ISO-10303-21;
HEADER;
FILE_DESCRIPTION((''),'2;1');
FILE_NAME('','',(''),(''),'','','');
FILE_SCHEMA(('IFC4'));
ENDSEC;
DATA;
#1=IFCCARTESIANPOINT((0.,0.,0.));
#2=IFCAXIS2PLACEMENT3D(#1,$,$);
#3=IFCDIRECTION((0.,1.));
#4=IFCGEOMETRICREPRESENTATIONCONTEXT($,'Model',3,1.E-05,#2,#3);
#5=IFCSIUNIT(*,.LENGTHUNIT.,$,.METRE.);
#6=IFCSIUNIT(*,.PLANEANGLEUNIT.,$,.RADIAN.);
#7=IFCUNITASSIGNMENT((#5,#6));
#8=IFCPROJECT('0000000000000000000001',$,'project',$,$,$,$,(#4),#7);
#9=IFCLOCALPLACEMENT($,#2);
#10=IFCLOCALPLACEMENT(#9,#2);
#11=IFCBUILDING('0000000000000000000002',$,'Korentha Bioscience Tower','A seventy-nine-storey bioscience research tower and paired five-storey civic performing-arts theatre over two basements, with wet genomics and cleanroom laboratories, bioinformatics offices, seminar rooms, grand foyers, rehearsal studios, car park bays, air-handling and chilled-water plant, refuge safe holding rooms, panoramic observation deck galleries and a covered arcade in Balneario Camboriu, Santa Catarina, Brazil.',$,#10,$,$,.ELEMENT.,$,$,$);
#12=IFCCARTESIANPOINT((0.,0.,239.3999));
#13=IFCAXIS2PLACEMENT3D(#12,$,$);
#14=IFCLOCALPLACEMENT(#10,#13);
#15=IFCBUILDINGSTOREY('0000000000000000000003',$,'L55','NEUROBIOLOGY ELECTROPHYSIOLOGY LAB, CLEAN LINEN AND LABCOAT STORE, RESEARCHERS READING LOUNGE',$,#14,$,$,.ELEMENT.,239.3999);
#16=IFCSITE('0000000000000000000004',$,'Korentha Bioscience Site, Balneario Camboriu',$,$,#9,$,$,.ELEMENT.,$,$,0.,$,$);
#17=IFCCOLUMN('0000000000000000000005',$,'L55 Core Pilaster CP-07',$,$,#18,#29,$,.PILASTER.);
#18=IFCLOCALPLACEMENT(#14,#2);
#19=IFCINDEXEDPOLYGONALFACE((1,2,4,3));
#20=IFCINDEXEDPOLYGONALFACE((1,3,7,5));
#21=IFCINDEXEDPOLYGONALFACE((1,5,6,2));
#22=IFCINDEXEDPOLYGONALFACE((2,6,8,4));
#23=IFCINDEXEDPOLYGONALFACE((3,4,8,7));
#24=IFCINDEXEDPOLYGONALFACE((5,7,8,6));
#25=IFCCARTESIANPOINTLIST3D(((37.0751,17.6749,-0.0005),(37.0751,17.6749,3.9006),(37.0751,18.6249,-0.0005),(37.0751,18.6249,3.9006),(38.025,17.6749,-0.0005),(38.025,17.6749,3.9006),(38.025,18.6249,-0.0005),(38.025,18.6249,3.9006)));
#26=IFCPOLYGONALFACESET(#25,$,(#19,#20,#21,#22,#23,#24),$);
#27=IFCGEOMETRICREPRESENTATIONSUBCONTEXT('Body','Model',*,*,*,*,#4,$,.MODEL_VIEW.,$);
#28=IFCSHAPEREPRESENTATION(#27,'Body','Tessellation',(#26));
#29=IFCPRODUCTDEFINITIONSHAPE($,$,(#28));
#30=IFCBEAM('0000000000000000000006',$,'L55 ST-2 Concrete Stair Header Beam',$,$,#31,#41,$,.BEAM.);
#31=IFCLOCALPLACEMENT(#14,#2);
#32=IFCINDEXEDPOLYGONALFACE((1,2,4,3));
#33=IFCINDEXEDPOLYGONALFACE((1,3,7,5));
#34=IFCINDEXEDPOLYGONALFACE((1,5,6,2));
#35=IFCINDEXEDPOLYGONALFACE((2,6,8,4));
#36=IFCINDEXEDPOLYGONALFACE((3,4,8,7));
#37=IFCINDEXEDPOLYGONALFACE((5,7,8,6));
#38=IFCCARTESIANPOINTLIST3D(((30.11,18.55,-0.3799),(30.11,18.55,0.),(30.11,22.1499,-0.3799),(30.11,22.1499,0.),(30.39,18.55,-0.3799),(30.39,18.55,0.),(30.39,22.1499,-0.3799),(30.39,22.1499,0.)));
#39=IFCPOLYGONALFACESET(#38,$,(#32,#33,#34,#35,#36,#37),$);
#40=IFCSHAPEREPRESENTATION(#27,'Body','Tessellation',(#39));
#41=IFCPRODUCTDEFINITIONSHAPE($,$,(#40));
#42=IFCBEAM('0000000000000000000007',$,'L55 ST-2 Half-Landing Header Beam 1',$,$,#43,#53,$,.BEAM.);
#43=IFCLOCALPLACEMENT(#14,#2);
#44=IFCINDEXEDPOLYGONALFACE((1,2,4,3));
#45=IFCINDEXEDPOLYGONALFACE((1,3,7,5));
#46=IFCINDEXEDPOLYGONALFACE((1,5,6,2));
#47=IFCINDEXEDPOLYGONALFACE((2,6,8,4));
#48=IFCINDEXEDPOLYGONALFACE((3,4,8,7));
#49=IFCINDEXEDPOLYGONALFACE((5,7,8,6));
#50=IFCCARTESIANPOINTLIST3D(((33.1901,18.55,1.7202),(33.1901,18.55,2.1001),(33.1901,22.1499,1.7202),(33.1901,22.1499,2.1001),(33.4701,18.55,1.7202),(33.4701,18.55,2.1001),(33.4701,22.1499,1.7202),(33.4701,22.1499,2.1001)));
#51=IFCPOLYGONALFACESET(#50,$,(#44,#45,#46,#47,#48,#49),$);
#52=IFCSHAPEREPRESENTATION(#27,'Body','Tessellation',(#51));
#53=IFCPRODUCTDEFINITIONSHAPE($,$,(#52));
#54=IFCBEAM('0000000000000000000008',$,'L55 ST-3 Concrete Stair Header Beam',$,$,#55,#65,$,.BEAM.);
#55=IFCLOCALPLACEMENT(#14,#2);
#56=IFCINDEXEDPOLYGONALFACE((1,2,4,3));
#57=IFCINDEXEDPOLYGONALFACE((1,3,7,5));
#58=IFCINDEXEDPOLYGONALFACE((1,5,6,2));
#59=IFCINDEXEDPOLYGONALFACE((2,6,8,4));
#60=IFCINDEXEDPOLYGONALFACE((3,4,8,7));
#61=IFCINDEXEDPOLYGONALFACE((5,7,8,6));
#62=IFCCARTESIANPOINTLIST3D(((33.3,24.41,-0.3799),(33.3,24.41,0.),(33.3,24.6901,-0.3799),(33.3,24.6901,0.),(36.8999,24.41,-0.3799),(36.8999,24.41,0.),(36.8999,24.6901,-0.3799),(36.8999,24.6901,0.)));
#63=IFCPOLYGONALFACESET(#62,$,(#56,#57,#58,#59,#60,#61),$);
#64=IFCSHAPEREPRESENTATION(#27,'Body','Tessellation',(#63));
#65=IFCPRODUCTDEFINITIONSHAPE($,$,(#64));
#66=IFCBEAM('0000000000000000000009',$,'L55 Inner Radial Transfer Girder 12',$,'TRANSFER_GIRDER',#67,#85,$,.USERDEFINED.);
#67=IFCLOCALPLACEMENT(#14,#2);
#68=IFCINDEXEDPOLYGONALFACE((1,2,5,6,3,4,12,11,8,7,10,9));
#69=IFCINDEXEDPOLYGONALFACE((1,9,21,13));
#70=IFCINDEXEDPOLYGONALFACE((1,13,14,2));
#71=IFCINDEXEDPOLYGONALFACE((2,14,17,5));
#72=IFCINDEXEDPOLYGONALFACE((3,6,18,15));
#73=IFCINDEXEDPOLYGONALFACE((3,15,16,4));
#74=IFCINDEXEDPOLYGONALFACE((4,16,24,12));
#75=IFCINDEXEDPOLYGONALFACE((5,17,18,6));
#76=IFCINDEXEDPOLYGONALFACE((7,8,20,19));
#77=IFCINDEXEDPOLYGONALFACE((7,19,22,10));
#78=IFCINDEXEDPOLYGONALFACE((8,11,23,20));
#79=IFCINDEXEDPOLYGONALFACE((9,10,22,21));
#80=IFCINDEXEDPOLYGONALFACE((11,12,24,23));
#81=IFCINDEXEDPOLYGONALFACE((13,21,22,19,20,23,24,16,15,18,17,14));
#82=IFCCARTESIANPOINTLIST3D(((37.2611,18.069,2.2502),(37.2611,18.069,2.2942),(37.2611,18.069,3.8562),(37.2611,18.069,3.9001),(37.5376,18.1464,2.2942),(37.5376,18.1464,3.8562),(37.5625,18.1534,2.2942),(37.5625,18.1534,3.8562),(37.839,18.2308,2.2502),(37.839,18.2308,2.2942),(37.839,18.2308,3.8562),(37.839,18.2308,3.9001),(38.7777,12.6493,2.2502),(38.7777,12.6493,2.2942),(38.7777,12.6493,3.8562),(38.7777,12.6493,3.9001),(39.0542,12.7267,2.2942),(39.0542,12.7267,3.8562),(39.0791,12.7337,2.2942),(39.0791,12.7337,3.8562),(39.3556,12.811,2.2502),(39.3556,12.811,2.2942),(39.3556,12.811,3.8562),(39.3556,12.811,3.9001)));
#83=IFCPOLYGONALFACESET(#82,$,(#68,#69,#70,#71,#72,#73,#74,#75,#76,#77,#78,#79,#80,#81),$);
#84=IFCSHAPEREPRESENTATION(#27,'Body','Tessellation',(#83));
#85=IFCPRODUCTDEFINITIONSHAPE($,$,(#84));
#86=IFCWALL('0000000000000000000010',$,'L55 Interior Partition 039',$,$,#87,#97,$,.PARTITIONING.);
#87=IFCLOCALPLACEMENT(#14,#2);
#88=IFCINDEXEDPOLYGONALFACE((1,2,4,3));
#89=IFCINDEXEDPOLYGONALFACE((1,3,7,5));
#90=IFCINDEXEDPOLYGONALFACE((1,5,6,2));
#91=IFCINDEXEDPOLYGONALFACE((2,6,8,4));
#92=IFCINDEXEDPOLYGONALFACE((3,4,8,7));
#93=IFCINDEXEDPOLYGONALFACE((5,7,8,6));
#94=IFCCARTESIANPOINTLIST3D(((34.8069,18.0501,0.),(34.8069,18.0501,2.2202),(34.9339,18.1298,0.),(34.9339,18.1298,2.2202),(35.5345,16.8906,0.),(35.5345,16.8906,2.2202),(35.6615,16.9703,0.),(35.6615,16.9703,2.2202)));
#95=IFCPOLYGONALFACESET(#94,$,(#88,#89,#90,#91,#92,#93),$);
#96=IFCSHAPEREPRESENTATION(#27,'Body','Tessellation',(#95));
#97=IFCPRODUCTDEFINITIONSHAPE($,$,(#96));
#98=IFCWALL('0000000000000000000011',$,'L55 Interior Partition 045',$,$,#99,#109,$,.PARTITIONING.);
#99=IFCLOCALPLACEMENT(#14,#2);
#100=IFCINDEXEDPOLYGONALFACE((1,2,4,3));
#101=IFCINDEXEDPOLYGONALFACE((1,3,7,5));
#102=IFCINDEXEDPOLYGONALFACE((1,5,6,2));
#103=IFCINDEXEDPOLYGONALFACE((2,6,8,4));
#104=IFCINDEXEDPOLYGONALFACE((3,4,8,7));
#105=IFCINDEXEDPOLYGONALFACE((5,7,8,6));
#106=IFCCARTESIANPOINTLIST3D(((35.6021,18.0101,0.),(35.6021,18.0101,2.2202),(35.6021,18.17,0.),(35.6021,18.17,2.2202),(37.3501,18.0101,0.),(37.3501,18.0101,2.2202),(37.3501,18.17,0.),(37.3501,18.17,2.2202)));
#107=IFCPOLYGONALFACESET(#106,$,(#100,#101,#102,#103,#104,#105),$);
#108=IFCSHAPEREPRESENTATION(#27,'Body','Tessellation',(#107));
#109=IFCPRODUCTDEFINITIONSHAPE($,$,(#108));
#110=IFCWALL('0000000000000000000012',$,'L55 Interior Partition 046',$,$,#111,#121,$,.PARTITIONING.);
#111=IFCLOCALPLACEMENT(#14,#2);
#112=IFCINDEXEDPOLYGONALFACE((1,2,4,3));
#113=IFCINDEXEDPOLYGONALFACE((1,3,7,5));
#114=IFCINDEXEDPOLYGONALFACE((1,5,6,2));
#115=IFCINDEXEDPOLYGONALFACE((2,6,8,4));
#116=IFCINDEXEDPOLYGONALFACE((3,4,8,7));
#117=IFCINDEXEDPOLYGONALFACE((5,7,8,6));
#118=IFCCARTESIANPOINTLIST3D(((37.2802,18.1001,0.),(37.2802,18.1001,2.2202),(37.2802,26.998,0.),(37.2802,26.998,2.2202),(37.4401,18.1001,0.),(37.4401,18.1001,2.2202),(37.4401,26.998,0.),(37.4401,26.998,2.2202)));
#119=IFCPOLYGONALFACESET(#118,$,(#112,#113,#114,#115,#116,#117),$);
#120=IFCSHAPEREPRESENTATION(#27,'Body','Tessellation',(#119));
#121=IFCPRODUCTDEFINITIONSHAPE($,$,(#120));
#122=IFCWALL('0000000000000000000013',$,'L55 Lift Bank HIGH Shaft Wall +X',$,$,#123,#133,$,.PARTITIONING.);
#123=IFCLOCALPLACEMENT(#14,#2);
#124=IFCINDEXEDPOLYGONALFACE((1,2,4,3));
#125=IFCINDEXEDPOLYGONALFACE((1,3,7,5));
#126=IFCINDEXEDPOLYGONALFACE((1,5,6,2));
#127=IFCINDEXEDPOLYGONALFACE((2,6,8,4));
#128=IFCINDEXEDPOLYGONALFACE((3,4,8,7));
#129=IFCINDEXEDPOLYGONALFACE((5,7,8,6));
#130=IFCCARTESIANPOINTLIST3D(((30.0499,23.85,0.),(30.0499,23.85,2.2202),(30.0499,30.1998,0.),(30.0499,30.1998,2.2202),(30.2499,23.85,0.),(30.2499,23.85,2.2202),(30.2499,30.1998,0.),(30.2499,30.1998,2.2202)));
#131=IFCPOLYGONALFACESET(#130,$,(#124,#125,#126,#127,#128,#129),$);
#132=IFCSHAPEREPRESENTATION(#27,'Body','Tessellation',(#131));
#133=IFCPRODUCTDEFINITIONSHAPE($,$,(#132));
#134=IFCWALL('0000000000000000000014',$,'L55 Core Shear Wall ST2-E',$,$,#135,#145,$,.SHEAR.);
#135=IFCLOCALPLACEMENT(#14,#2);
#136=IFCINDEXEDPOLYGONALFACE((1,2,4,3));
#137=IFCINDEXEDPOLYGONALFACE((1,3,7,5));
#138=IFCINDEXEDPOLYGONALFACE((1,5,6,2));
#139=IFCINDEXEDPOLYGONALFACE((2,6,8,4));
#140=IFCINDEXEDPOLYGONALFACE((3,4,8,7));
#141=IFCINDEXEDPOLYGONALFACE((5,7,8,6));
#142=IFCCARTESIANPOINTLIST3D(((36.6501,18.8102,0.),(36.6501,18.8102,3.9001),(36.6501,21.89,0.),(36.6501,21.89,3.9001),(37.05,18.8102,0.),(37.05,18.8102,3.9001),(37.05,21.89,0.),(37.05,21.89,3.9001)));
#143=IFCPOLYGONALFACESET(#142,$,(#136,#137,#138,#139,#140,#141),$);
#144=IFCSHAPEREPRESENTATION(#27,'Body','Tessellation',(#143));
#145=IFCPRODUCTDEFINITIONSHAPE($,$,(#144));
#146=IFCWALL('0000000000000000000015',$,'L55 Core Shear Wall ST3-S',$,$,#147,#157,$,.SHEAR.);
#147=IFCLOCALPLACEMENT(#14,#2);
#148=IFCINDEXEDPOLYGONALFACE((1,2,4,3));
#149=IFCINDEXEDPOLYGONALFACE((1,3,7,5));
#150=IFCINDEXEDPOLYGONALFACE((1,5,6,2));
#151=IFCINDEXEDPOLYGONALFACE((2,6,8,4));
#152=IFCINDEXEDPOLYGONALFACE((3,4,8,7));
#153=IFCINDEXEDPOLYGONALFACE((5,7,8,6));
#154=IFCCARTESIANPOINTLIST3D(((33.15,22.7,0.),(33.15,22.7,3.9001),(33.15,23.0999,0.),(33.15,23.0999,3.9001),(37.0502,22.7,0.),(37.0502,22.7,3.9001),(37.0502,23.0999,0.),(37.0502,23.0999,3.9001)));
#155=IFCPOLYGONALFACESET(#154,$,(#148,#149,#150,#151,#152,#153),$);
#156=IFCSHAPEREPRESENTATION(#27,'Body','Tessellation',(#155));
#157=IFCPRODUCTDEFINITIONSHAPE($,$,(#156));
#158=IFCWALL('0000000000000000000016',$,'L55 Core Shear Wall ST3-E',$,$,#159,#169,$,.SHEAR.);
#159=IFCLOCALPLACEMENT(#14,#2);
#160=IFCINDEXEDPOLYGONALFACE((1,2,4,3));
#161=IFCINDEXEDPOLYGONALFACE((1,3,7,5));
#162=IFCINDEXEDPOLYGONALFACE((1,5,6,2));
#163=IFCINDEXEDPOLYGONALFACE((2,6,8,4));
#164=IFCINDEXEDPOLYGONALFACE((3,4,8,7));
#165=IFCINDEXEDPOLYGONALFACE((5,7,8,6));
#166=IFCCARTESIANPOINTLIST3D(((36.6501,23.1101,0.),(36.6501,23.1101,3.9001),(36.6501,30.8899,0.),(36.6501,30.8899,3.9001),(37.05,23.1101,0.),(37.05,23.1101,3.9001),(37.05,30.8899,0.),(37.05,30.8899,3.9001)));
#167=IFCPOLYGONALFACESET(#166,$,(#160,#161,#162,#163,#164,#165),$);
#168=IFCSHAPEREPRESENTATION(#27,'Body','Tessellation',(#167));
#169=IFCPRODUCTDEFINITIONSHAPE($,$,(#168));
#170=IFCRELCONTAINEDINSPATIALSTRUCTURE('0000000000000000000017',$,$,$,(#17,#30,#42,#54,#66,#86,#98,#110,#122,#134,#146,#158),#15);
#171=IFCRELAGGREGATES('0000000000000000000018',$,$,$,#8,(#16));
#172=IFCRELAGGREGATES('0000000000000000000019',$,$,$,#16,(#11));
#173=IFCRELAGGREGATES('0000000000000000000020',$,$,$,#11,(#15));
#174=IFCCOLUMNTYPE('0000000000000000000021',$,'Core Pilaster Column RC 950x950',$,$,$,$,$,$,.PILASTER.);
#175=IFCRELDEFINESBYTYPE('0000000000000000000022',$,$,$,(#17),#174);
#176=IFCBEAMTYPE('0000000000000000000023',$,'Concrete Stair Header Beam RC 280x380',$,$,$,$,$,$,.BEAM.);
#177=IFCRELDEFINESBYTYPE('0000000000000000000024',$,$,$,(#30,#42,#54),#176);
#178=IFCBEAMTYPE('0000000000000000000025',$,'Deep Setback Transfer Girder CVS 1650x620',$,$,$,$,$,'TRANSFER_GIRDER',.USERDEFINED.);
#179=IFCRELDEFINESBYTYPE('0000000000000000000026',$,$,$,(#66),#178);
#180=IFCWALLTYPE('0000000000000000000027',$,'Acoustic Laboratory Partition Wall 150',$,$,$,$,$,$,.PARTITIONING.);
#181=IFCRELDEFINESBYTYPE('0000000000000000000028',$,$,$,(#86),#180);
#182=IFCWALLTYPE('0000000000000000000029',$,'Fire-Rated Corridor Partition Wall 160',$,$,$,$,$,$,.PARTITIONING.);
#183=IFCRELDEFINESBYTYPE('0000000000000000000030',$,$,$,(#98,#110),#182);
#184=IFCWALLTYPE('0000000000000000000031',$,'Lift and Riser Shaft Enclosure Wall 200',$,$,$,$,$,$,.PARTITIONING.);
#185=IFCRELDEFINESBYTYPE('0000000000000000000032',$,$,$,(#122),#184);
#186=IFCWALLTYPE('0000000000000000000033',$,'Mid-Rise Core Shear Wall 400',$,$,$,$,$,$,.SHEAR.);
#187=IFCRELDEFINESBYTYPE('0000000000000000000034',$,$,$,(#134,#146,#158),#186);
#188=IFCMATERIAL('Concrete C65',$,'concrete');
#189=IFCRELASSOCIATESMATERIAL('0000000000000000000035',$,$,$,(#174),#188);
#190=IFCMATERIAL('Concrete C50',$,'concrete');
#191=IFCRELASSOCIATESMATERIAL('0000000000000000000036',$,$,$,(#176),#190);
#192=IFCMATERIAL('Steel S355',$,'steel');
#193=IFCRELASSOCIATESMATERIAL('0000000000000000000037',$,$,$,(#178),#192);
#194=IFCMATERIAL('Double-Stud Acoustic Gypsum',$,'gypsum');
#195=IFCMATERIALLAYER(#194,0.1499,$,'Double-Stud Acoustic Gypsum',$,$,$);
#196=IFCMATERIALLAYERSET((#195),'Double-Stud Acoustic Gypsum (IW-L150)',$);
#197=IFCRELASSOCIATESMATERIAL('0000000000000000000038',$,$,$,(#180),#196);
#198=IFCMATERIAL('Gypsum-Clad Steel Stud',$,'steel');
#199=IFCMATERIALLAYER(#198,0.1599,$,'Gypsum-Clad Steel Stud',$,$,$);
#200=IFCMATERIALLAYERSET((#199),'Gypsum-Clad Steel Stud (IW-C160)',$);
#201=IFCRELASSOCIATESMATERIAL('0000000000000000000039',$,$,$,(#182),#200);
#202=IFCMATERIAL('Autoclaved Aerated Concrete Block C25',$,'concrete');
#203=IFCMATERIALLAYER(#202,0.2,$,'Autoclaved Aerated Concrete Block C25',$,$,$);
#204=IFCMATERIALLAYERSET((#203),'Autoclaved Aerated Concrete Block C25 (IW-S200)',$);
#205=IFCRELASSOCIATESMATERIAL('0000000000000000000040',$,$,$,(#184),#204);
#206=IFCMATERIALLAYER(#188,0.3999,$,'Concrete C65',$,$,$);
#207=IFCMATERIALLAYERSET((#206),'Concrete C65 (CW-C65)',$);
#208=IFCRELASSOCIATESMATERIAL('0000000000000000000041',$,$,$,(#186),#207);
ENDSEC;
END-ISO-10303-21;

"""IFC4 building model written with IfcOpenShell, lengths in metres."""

from ifc_helpers import new_model, si_unit, direction, frame, frame_2d, origin, origin_2d, place, context, subcontext, project, spatial, rectangle, i_section, extrude, material, layer, layer_set, material_profile, profile_set, type_object, element, save


model = new_model("IFC4")

# Units and contexts
model_context = context("Model", 3, precision=1e-05, world=origin(), true_north=direction((0.0, 1.0)))
body_context = subcontext(model_context, "Body", "Model", "MODEL_VIEW")
ifc_project = project(units=[si_unit("LENGTHUNIT", "METRE"), si_unit("PLANEANGLEUNIT", "RADIAN")], contexts=[model_context])

# Site, building, storey
site_placement = place(None, origin())
site = spatial("IfcSite", under=ifc_project, at=site_placement, Name="Korentha Bioscience Site, Balneario Camboriu", CompositionType="ELEMENT", RefElevation=0.0)
building_placement = place(site_placement, origin())
building = spatial("IfcBuilding", under=site, at=building_placement, Name="Korentha Bioscience Tower", Description="A seventy-nine-storey bioscience research tower and paired five-storey civic performing-arts theatre over two basements, with wet genomics and cleanroom laboratories, bioinformatics offices, seminar rooms, grand foyers, rehearsal studios, car park bays, air-handling and chilled-water plant, refuge safe holding rooms, panoramic observation deck galleries and a covered arcade in Balneario Camboriu, Santa Catarina, Brazil.", CompositionType="ELEMENT")
storey_placement = place(building_placement, frame((0.0, 0.0, 239.3999)))
storey = spatial("IfcBuildingStorey", under=building, at=storey_placement, Name="L55", Description="NEUROBIOLOGY ELECTROPHYSIOLOGY LAB, CLEAN LINEN AND LABCOAT STORE, RESEARCHERS READING LOUNGE", CompositionType="ELEMENT", Elevation=239.3999)

# Column
ifc_material_1 = material(Name="Concrete C65", Category="concrete")
ifc_material_profile_1 = material_profile(ifc_material_1, rectangle(XDim=0.95, YDim=0.95, at=origin_2d()), Name="Concrete C65")
ifc_profile_set_1 = profile_set([ifc_material_profile_1], Name="Concrete C65 (COL-CP09)")
column_type = type_object("IfcColumnType", Name="Core Pilaster Column RC 950x950", PredefinedType="PILASTER", material=ifc_profile_set_1)
column_placement = place(storey_placement, frame((37.55, 18.1499, -0.0005), z_axis=(0.0, 0.0, 1.0), x_axis=(1.0, 0.0, 0.0)))
element("IfcColumn", 1, at=column_placement, inside=storey, type_object=column_type, Name="L55 Core Pilaster CP-07", PredefinedType="PILASTER", context=body_context, shape_type="SweptSolid", body=[
    extrude(rectangle(XDim=0.95, YDim=0.95, at=origin_2d()), origin(), (0.0, 0.0, 1.0), 3.9011),
])

# Beams
ifc_material_2 = material(Name="Concrete C50", Category="concrete")
ifc_material_profile_2 = material_profile(ifc_material_2, rectangle(XDim=0.28, YDim=0.3799, at=origin_2d()), Name="Concrete C50")
ifc_profile_set_2 = profile_set([ifc_material_profile_2], Name="Concrete C50 (ST-HB380)")
beam_type_1 = type_object("IfcBeamType", Name="Concrete Stair Header Beam RC 280x380", PredefinedType="BEAM", material=ifc_profile_set_2)
for number, where, z_axis, x_axis, name in (
    (2, (30.25, 18.55, -0.1899), (0.0, 1.0, 0.0), (-1.0, 0.0, 0.0), "L55 ST-2 Concrete Stair Header Beam"),
    (3, (33.3301, 18.55, 1.9102), (0.0, 1.0, 0.0), (-1.0, 0.0, 0.0), "L55 ST-2 Half-Landing Header Beam 1"),
    (4, (36.8999, 24.55, -0.1899), (-1.0, 0.0, 0.0), (0.0, -1.0, 0.0), "L55 ST-3 Concrete Stair Header Beam"),
):
    element("IfcBeam", number, at=place(storey_placement, frame(where, z_axis=z_axis, x_axis=x_axis)), inside=storey, type_object=beam_type_1, Name=name, PredefinedType="BEAM", context=body_context, shape_type="SweptSolid", body=[
        extrude(rectangle(XDim=0.28, YDim=0.3799, at=origin_2d()), origin(), (0.0, 0.0, 1.0), 3.5999),
    ])
ifc_material_3 = material(Name="Steel S355", Category="steel")
ifc_material_profile_3 = material_profile(ifc_material_3, i_section(OverallWidth=0.6001, OverallDepth=1.6499, WebThickness=0.0259, FlangeThickness=0.0439, at=origin_2d()), Name="Steel S355")
ifc_profile_set_3 = profile_set([ifc_material_profile_3], Name="Steel S355 (TG-04)")
beam_type_2 = type_object("IfcBeamType", Name="Deep Setback Transfer Girder CVS 1650x620", ElementType="TRANSFER_GIRDER", PredefinedType="USERDEFINED", material=ifc_profile_set_3)
beam_placement = place(storey_placement, frame((37.55, 18.1499, 3.0752), z_axis=(0.26948, -0.963006, 0.0), x_axis=(0.963006, 0.26948, 0.0)))
element("IfcBeam", 5, at=beam_placement, inside=storey, type_object=beam_type_2, Name="L55 Inner Radial Transfer Girder 12", ObjectType="TRANSFER_GIRDER", PredefinedType="USERDEFINED", context=body_context, shape_type="SweptSolid", body=[
    extrude(i_section(OverallWidth=0.6001, OverallDepth=1.6499, WebThickness=0.0259, FlangeThickness=0.0439, at=origin_2d()), origin(), (0.0, 0.0, 1.0), 5.6279),
])

# Walls
ifc_material_4 = material(Name="Double-Stud Acoustic Gypsum", Category="gypsum")
ifc_layer_1 = layer(ifc_material_4, 0.1499, Name="Double-Stud Acoustic Gypsum")
ifc_layer_set_1 = layer_set([ifc_layer_1], Name="Double-Stud Acoustic Gypsum (IW-L150)")
wall_type_1 = type_object("IfcWallType", Name="Acoustic Laboratory Partition Wall 150", PredefinedType="PARTITIONING", material=ifc_layer_set_1)
wall_1_placement = place(storey_placement, frame((34.8704, 18.0901, 0.0), z_axis=(0.0, 0.0, 1.0), x_axis=(0.531521, -0.847045, 0.0)))
element("IfcWall", 6, at=wall_1_placement, inside=storey, type_object=wall_type_1, Name="L55 Interior Partition 039", PredefinedType="PARTITIONING", context=body_context, shape_type="SweptSolid", body=[
    extrude(rectangle(XDim=1.3689, YDim=0.1499, at=frame_2d((0.6846, 0.0))), origin(), (0.0, 0.0, 1.0), 2.2202),
])
ifc_material_5 = material(Name="Gypsum-Clad Steel Stud", Category="steel")
ifc_layer_2 = layer(ifc_material_5, 0.1599, Name="Gypsum-Clad Steel Stud")
ifc_layer_set_2 = layer_set([ifc_layer_2], Name="Gypsum-Clad Steel Stud (IW-C160)")
wall_type_2 = type_object("IfcWallType", Name="Fire-Rated Corridor Partition Wall 160", PredefinedType="PARTITIONING", material=ifc_layer_set_2)
wall_2_placement = place(storey_placement, frame((35.6021, 18.0901, 0.0), z_axis=(0.0, 0.0, 1.0), x_axis=(1.0, 0.0, 0.0)))
element("IfcWall", 7, at=wall_2_placement, inside=storey, type_object=wall_type_2, Name="L55 Interior Partition 045", PredefinedType="PARTITIONING", context=body_context, shape_type="SweptSolid", body=[
    extrude(rectangle(XDim=1.748, YDim=0.1599, at=frame_2d((0.874, 0.0))), origin(), (0.0, 0.0, 1.0), 2.2202),
])
wall_3_placement = place(storey_placement, frame((37.3601, 18.1001, 0.0), z_axis=(0.0, 0.0, 1.0), x_axis=(0.0, 1.0, 0.0)))
element("IfcWall", 8, at=wall_3_placement, inside=storey, type_object=wall_type_2, Name="L55 Interior Partition 046", PredefinedType="PARTITIONING", context=body_context, shape_type="SweptSolid", body=[
    extrude(rectangle(XDim=8.8979, YDim=0.1599, at=frame_2d((4.449, 0.0))), origin(), (0.0, 0.0, 1.0), 2.2202),
])
ifc_material_6 = material(Name="Autoclaved Aerated Concrete Block C25", Category="concrete")
ifc_layer_3 = layer(ifc_material_6, 0.2, Name="Autoclaved Aerated Concrete Block C25")
ifc_layer_set_3 = layer_set([ifc_layer_3], Name="Autoclaved Aerated Concrete Block C25 (IW-S200)")
wall_type_3 = type_object("IfcWallType", Name="Lift and Riser Shaft Enclosure Wall 200", PredefinedType="PARTITIONING", material=ifc_layer_set_3)
wall_4_placement = place(storey_placement, frame((30.1499, 23.8501, 0.0), z_axis=(0.0, 0.0, 1.0), x_axis=(0.0, 1.0, 0.0)))
element("IfcWall", 9, at=wall_4_placement, inside=storey, type_object=wall_type_3, Name="L55 Lift Bank HIGH Shaft Wall +X", PredefinedType="PARTITIONING", context=body_context, shape_type="SweptSolid", body=[
    extrude(rectangle(XDim=6.3499, YDim=0.2, at=frame_2d((3.1748, 0.0))), origin(), (0.0, 0.0, 1.0), 2.2202),
])
ifc_layer_4 = layer(ifc_material_1, 0.3999, Name="Concrete C65")
ifc_layer_set_4 = layer_set([ifc_layer_4], Name="Concrete C65 (CW-C65)")
wall_type_4 = type_object("IfcWallType", Name="Mid-Rise Core Shear Wall 400", PredefinedType="SHEAR", material=ifc_layer_set_4)
wall_5_placement = place(storey_placement, frame((36.8501, 18.8101, 0.0), z_axis=(0.0, 0.0, 1.0), x_axis=(0.0, 1.0, 0.0)))
element("IfcWall", 10, at=wall_5_placement, inside=storey, type_object=wall_type_4, Name="L55 Core Shear Wall ST2-E", PredefinedType="SHEAR", context=body_context, shape_type="SweptSolid", body=[
    extrude(rectangle(XDim=3.0798, YDim=0.3999, at=frame_2d((1.54, 0.0))), origin(), (0.0, 0.0, 1.0), 3.9001),
])
wall_6_placement = place(storey_placement, frame((33.1499, 22.8999, 0.0), z_axis=(0.0, 0.0, 1.0), x_axis=(1.0, 0.0, 0.0)))
element("IfcWall", 11, at=wall_6_placement, inside=storey, type_object=wall_type_4, Name="L55 Core Shear Wall ST3-S", PredefinedType="SHEAR", context=body_context, shape_type="SweptSolid", body=[
    extrude(rectangle(XDim=3.9001, YDim=0.3999, at=frame_2d((1.9502, 0.0))), origin(), (0.0, 0.0, 1.0), 3.9001),
])
wall_7_placement = place(storey_placement, frame((36.8501, 23.1101, 0.0), z_axis=(0.0, 0.0, 1.0), x_axis=(0.0, 1.0, 0.0)))
element("IfcWall", 12, at=wall_7_placement, inside=storey, type_object=wall_type_4, Name="L55 Core Shear Wall ST3-E", PredefinedType="SHEAR", context=body_context, shape_type="SweptSolid", body=[
    extrude(rectangle(XDim=7.7798, YDim=0.3999, at=frame_2d((3.8899, 0.0))), origin(), (0.0, 0.0, 1.0), 3.9001),
])

save(model, "model.ifc")
